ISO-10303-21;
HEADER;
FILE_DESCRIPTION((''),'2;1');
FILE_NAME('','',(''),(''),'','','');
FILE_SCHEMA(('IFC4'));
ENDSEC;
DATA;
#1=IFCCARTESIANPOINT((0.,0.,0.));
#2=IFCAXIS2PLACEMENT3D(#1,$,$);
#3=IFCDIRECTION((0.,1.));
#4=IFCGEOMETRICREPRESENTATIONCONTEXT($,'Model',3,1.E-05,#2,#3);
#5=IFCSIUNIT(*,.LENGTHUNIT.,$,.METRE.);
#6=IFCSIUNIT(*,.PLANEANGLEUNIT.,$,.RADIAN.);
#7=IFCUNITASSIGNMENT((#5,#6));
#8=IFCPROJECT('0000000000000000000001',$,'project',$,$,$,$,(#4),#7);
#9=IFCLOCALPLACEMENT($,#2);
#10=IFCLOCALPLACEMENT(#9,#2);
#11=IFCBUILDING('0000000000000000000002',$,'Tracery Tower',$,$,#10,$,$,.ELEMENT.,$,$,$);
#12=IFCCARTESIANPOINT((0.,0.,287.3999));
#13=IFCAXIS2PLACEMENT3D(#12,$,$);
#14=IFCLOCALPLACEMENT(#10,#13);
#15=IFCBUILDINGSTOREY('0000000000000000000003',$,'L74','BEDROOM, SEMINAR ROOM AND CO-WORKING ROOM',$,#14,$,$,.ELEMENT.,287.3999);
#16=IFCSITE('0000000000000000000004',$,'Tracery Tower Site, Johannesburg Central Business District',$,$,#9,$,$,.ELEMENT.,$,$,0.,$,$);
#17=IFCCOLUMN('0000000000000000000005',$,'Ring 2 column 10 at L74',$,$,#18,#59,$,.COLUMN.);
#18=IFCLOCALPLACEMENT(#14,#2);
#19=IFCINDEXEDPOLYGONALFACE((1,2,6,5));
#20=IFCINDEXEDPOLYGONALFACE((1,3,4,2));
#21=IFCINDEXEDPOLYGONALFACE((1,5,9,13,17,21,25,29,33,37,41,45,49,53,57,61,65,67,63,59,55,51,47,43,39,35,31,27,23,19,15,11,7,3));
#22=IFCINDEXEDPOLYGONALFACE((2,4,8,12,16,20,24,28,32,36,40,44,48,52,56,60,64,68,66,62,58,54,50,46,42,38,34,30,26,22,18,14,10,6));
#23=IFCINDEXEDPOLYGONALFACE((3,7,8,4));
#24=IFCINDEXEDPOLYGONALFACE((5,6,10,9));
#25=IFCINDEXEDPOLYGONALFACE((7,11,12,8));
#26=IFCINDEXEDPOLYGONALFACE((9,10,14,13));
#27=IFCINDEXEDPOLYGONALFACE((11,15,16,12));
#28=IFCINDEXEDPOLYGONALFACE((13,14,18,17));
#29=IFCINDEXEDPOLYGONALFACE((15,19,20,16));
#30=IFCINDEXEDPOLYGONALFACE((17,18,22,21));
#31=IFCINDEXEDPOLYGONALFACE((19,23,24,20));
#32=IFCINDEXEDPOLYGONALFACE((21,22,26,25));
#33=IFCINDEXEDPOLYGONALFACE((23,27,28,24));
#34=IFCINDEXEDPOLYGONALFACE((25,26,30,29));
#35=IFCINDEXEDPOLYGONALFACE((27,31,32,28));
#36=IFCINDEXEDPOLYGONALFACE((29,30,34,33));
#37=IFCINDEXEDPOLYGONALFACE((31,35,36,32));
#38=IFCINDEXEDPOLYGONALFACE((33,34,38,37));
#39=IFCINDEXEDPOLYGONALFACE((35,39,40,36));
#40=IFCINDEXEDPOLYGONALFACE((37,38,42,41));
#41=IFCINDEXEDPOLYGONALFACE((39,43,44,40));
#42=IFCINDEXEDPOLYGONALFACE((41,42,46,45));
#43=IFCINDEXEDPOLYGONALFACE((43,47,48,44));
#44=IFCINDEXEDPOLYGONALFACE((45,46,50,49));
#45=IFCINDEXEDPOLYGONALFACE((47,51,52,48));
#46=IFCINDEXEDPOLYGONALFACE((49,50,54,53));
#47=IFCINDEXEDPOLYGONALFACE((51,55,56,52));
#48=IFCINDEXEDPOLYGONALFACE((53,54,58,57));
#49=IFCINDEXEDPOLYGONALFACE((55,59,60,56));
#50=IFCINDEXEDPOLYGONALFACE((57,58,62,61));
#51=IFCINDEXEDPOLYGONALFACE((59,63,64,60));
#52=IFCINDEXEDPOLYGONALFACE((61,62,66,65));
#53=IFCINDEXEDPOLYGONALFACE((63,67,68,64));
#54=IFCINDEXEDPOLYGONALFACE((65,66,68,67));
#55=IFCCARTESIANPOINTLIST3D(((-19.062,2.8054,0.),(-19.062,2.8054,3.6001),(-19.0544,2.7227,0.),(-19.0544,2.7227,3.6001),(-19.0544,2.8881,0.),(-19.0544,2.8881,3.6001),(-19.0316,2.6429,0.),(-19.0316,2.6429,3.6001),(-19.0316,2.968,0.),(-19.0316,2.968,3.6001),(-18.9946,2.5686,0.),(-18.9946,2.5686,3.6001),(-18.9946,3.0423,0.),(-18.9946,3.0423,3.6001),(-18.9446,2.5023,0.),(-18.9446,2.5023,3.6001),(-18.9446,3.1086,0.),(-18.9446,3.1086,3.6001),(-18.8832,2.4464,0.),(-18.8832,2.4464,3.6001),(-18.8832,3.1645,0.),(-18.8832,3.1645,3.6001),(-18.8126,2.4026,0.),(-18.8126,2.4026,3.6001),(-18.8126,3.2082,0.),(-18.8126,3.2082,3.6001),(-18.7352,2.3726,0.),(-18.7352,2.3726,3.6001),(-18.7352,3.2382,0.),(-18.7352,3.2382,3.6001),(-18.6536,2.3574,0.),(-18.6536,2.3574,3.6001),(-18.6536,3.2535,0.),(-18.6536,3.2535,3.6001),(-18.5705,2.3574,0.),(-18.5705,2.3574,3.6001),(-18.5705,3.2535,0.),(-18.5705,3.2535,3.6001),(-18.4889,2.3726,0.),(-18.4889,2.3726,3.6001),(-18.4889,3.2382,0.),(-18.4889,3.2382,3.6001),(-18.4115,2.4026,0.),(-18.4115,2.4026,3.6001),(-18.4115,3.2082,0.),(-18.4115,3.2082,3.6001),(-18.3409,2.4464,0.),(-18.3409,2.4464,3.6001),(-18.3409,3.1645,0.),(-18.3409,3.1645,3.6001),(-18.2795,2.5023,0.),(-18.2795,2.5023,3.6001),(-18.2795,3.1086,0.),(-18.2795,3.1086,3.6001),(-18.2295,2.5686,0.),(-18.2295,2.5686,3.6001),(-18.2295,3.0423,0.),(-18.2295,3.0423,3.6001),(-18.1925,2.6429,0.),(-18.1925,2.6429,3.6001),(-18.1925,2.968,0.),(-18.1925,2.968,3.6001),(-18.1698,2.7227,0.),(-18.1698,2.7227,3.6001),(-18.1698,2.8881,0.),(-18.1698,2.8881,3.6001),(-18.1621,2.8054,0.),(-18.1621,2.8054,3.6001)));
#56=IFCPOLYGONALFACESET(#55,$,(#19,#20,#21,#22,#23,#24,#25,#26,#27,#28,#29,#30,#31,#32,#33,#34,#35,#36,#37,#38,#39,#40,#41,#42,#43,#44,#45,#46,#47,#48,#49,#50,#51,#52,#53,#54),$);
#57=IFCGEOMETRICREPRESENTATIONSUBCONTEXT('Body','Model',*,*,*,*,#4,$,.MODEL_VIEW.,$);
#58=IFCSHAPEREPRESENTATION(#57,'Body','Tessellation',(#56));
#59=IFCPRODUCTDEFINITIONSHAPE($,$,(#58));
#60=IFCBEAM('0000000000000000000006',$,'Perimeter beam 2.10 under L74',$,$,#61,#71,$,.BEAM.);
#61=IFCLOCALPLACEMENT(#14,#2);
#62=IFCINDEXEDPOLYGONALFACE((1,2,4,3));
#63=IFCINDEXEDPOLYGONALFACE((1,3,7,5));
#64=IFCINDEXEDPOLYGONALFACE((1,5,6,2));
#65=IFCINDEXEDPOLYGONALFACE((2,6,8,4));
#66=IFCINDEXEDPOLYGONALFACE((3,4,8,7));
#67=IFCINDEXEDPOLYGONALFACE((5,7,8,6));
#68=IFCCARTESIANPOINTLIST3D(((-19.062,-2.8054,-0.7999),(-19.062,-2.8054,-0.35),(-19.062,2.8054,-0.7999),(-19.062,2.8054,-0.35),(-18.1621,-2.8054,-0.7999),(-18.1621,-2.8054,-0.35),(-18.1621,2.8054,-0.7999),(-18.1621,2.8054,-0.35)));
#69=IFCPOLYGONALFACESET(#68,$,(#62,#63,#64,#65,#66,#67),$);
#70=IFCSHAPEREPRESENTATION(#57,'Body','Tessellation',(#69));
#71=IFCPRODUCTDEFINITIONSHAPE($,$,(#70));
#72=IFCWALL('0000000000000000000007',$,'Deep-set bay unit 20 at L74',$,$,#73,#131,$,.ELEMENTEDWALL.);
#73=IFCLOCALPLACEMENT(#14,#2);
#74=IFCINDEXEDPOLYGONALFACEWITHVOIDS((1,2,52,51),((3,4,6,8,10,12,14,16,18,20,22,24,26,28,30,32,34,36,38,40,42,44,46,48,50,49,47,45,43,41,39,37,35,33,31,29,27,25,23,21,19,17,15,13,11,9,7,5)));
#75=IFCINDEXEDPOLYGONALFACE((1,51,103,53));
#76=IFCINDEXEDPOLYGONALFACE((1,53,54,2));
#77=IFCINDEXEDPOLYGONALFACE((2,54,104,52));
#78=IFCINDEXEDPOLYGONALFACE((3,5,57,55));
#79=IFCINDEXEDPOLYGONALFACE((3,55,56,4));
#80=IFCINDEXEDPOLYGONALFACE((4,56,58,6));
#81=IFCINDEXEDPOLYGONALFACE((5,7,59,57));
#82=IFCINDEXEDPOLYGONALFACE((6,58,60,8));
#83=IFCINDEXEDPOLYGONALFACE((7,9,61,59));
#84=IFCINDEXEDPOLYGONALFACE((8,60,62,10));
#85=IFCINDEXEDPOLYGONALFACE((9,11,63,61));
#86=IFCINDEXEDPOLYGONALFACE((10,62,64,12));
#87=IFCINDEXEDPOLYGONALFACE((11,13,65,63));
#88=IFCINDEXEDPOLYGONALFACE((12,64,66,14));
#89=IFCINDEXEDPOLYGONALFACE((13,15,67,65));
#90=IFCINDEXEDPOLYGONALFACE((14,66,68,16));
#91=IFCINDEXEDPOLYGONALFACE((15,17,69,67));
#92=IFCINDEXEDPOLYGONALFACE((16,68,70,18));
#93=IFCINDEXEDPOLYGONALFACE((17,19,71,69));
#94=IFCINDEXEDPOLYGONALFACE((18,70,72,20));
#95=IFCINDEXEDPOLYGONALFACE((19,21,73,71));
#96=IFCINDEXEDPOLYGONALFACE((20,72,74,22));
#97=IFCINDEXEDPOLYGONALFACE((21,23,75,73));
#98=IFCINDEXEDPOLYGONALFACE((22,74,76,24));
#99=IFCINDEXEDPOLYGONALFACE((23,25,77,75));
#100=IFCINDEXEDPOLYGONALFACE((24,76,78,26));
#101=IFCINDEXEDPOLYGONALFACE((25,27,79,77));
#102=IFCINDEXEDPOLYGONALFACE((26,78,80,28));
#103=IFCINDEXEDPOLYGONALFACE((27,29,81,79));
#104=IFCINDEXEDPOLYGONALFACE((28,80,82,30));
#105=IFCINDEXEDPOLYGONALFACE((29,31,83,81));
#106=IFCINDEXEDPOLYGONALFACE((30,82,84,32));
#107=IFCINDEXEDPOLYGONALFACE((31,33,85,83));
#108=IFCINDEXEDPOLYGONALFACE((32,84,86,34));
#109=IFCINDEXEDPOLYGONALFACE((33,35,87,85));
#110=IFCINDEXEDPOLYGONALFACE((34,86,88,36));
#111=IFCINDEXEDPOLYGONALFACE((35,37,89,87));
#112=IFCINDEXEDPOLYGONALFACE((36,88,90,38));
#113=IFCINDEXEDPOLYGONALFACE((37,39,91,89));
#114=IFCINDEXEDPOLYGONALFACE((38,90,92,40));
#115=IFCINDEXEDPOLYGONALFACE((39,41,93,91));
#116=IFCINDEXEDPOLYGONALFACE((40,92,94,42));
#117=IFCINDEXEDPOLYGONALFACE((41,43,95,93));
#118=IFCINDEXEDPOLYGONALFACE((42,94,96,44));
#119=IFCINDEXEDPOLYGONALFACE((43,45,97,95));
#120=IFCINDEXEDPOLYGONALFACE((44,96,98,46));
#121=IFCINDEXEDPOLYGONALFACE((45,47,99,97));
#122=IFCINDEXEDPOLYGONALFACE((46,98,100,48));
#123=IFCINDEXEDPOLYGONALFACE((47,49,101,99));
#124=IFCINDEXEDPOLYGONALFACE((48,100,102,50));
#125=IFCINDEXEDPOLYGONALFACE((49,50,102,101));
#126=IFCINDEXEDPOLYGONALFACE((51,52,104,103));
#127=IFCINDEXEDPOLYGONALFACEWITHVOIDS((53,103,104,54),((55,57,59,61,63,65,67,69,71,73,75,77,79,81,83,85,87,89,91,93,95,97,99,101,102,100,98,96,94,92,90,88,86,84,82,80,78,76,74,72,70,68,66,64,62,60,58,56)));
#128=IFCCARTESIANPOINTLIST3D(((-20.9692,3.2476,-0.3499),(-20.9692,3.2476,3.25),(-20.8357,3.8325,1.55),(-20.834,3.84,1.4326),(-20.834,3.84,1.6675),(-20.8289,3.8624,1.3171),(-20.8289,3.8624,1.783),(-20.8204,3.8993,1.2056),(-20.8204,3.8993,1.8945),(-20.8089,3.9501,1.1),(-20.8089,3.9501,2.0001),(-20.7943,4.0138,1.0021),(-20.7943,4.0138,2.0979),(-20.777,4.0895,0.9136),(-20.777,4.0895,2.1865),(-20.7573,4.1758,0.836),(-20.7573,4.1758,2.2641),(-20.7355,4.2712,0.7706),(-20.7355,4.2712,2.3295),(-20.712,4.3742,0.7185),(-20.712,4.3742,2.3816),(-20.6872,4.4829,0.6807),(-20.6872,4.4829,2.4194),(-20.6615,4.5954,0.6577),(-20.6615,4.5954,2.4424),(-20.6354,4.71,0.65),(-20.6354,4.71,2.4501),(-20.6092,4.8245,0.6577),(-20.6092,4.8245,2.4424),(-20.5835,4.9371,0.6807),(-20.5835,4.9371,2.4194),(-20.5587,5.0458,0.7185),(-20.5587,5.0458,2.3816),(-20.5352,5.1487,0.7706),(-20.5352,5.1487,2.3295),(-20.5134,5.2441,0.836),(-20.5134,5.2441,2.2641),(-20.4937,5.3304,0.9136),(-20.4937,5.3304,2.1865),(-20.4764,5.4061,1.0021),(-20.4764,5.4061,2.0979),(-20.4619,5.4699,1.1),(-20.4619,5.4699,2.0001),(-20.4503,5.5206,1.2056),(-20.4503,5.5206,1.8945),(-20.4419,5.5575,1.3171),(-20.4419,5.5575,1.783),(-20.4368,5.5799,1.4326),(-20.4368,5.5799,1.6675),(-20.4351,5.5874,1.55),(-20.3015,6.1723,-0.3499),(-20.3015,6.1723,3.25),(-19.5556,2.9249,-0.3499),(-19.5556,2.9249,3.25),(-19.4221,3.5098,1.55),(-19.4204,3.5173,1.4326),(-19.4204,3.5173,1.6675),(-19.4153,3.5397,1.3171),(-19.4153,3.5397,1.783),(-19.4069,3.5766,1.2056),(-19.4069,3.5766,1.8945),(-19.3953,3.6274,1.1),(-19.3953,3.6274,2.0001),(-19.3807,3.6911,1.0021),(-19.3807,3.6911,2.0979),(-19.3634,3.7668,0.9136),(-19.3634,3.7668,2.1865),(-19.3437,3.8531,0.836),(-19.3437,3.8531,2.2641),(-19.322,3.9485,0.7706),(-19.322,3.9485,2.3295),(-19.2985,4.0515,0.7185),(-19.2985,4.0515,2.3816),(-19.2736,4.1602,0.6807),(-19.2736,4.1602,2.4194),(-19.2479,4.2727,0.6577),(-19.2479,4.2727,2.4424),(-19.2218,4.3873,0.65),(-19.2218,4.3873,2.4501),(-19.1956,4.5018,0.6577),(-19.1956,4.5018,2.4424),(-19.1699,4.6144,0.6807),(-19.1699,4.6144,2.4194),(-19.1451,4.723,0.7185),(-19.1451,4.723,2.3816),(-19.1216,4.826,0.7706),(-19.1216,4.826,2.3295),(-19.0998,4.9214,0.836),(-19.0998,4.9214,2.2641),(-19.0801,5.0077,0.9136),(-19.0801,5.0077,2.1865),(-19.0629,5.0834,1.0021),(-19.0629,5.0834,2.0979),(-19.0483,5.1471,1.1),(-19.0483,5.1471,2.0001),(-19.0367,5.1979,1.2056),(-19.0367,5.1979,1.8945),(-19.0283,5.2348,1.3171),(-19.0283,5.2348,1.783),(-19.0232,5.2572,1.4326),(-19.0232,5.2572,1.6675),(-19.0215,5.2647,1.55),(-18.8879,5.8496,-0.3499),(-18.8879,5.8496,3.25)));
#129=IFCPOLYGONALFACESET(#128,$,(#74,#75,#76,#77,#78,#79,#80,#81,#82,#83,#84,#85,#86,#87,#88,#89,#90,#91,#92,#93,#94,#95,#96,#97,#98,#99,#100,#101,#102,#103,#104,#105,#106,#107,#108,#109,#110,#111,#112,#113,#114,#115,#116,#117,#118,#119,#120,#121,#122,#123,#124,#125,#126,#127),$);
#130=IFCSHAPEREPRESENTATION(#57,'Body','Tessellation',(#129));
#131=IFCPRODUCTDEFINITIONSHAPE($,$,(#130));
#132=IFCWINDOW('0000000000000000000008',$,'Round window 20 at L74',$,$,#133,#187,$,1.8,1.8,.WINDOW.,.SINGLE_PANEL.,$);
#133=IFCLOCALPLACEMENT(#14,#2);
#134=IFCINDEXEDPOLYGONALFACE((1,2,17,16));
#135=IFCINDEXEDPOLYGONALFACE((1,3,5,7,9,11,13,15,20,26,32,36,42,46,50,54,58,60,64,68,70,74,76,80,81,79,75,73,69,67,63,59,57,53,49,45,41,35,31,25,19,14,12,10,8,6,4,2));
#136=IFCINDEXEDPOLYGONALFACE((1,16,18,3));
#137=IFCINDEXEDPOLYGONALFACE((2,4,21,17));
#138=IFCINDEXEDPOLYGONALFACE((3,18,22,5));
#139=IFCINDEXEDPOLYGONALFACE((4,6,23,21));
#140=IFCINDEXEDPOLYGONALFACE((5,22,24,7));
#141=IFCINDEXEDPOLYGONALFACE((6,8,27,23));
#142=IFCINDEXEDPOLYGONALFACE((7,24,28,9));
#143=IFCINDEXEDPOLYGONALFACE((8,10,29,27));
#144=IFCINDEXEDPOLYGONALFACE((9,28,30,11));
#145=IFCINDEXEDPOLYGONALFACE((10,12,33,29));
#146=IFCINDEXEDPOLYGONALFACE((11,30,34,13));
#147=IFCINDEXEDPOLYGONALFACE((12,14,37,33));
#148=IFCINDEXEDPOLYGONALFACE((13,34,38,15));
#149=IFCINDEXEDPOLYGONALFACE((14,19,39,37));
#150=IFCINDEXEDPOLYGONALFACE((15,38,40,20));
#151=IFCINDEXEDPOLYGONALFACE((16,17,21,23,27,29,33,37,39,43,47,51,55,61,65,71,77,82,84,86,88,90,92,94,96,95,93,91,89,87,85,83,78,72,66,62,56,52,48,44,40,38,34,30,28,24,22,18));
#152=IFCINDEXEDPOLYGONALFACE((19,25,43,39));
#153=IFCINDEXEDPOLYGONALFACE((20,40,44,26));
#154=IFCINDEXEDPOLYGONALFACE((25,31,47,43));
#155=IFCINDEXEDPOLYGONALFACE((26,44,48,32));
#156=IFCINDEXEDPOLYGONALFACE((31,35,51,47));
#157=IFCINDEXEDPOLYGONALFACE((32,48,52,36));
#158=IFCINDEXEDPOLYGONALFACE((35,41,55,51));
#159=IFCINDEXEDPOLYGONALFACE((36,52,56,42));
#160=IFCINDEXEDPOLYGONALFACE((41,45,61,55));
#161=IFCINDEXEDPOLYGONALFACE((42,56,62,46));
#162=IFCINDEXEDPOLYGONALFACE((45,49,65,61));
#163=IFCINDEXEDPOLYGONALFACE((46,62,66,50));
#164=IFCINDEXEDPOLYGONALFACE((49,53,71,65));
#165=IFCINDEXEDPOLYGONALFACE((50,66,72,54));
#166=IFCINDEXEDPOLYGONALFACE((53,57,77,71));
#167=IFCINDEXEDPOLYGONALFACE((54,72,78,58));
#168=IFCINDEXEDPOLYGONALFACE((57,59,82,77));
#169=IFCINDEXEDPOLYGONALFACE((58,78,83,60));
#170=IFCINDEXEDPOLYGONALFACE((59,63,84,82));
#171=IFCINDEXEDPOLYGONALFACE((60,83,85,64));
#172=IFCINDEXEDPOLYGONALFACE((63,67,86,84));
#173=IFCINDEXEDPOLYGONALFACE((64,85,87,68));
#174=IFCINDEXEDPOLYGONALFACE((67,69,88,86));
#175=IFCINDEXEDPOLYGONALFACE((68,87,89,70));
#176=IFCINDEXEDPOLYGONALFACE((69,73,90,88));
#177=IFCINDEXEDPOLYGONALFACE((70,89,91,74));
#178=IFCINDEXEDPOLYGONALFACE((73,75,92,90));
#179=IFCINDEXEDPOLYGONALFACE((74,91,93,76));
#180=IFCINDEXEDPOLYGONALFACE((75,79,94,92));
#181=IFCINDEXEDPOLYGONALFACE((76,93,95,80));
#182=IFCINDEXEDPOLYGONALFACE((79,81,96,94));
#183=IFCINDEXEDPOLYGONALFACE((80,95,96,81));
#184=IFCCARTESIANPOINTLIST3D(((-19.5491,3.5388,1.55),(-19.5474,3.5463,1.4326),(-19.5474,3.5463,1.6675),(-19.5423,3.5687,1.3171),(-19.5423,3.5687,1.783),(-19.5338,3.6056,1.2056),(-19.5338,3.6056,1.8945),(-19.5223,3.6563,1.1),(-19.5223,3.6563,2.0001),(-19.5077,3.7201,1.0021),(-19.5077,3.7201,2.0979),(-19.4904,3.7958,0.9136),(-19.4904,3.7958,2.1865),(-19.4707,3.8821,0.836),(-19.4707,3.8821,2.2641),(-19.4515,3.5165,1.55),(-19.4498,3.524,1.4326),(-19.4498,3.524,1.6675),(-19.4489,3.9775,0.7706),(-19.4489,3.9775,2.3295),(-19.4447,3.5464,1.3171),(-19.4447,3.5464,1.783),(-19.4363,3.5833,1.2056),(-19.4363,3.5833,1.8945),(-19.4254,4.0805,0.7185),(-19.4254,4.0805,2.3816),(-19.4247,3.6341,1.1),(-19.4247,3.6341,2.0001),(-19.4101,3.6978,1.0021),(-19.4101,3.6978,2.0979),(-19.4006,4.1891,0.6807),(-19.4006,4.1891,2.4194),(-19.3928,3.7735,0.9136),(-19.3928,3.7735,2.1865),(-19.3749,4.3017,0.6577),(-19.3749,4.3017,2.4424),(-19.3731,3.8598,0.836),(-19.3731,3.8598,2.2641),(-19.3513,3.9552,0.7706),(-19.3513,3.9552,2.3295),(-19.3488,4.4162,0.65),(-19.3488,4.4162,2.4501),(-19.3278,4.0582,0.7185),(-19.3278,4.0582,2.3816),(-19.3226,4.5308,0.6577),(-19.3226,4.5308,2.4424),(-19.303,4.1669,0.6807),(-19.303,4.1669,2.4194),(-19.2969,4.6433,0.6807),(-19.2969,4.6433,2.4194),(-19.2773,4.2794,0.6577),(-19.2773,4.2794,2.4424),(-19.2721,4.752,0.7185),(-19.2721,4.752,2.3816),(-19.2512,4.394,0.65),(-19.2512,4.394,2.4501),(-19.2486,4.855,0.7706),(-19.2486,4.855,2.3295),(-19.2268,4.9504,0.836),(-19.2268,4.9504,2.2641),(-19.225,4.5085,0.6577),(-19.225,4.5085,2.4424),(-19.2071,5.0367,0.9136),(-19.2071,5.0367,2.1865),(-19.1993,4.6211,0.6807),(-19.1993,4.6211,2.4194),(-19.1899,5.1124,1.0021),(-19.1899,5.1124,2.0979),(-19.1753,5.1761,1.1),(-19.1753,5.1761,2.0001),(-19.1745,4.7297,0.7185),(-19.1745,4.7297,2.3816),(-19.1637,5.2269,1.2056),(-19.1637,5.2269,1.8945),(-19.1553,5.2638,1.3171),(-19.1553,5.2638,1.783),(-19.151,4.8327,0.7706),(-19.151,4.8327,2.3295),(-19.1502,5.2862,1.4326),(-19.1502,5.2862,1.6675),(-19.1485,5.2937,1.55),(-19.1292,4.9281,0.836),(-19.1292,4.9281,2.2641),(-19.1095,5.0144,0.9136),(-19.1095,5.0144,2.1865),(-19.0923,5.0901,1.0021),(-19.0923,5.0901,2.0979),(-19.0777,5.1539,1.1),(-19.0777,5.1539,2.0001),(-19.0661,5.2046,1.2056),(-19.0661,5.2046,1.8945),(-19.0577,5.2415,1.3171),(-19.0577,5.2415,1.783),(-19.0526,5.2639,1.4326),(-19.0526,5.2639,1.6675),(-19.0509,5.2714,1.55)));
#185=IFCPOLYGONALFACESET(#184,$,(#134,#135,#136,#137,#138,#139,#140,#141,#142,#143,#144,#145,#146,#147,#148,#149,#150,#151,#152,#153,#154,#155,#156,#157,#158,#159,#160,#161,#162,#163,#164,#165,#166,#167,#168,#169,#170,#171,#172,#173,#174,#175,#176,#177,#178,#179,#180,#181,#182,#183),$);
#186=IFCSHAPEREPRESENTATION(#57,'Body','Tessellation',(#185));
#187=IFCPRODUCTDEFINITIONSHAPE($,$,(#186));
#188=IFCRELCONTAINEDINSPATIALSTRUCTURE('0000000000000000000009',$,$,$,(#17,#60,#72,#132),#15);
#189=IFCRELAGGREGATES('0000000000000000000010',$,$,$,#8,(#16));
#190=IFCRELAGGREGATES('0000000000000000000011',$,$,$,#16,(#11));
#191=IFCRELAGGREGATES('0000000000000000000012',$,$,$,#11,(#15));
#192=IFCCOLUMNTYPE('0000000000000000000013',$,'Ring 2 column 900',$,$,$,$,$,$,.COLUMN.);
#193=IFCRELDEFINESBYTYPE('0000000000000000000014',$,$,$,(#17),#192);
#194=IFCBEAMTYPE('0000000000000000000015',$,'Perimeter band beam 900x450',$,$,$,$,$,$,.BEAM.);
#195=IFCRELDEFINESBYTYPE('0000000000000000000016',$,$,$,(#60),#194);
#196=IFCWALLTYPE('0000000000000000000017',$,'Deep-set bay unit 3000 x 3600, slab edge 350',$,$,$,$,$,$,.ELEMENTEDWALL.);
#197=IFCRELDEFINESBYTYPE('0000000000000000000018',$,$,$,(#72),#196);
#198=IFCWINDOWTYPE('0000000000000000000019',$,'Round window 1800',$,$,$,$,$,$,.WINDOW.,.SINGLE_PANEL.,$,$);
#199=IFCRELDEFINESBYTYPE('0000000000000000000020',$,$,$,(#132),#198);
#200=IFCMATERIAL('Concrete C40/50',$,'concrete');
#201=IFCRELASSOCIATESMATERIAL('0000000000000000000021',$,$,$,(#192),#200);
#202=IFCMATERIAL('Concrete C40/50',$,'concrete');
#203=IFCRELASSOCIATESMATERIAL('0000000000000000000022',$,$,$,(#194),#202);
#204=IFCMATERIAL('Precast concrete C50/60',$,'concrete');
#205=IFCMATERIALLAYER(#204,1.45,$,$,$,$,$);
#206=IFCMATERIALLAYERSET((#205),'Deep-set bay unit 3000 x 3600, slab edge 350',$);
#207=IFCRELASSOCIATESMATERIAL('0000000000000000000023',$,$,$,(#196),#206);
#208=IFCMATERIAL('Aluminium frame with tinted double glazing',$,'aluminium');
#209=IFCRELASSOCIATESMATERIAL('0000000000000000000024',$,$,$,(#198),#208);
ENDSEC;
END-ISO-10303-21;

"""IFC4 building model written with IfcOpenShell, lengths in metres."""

from ifc_helpers import new_model, si_unit, direction, frame, frame_2d, origin, origin_2d, place, context, subcontext, project, spatial, rectangle, circle, extrude, material, layer, layer_set, material_profile, profile_set, type_object, element, fill, save


model = new_model("IFC4")

# Units and contexts
model_context = context("Model", 3, precision=1e-05, world=origin(), true_north=direction((0.0, 1.0)))
body_context = subcontext(model_context, "Body", "Model", "MODEL_VIEW")
ifc_project = project(units=[si_unit("LENGTHUNIT", "METRE"), si_unit("PLANEANGLEUNIT", "RADIAN")], contexts=[model_context])

# Site, building, storey
site_placement = place(None, origin())
site = spatial("IfcSite", under=ifc_project, at=site_placement, Name="Tracery Tower Site, Johannesburg Central Business District", CompositionType="ELEMENT", RefElevation=0.0)
building_placement = place(site_placement, origin())
building = spatial("IfcBuilding", under=site, at=building_placement, Name="Tracery Tower", CompositionType="ELEMENT")
storey_placement = place(building_placement, frame((0.0, 0.0, 287.3999)))
storey = spatial("IfcBuildingStorey", under=building, at=storey_placement, Name="L74", Description="BEDROOM, SEMINAR ROOM AND CO-WORKING ROOM", CompositionType="ELEMENT", Elevation=287.3999)

# Column
ifc_material_1 = material(Name="Concrete C40/50", Category="concrete")
ifc_material_profile_1 = material_profile(ifc_material_1, circle(Radius=0.45, at=origin_2d()), Name="RC D900")
ifc_profile_set_1 = profile_set([ifc_material_profile_1], Name="Concrete C40/50")
column_type = type_object("IfcColumnType", Name="Ring 2 column 900", PredefinedType="COLUMN", material=ifc_profile_set_1)
column_placement = place(storey_placement, frame((-18.6121, 2.8054, 0.0), z_axis=(0.0, 0.0, 1.0), x_axis=(1.0, 0.0, 0.0)))
element("IfcColumn", 1, at=column_placement, inside=storey, type_object=column_type, Name="Ring 2 column 10 at L74", PredefinedType="COLUMN", context=body_context, shape_type="SweptSolid", body=[
    extrude(circle(Radius=0.45, at=origin_2d()), origin(), (0.0, 0.0, 1.0), 3.6001),
])

# Beam
ifc_material_2 = material(Name="Concrete C40/50", Category="concrete")
ifc_material_profile_2 = material_profile(ifc_material_2, rectangle(XDim=0.8999, YDim=0.45, at=origin_2d()), Name="RC 900x450")
ifc_profile_set_2 = profile_set([ifc_material_profile_2], Name="Concrete C40/50")
beam_type = type_object("IfcBeamType", Name="Perimeter band beam 900x450", PredefinedType="BEAM", material=ifc_profile_set_2)
beam_placement = place(storey_placement, frame((-18.6121, 2.8054, -0.575), z_axis=(0.0, -1.0, 0.0), x_axis=(1.0, 0.0, 0.0)))
element("IfcBeam", 2, at=beam_placement, inside=storey, type_object=beam_type, Name="Perimeter beam 2.10 under L74", PredefinedType="BEAM", context=body_context, shape_type="SweptSolid", body=[
    extrude(rectangle(XDim=0.8999, YDim=0.45, at=origin_2d()), origin(), (0.0, 0.0, 1.0), 5.6108),
])

# Wall, opening, window
ifc_material_3 = material(Name="Precast concrete C50/60", Category="concrete")
ifc_layer_1 = layer(ifc_material_3, 1.45)
ifc_layer_set_1 = layer_set([ifc_layer_1], Name="Deep-set bay unit 3000 x 3600, slab edge 350")
wall_type_1 = type_object("IfcWallType", Name="Deep-set bay unit 3000 x 3600, slab edge 350", PredefinedType="ELEMENTEDWALL", material=ifc_layer_set_1)
wall_1_placement = place(storey_placement, frame((-19.5947, 6.011, -0.3499), z_axis=(0.0, 0.0, 1.0), x_axis=(-0.222571, -0.974917, 0.0)))
wall_1 = element("IfcWall", 3, at=wall_1_placement, inside=storey, type_object=wall_type_1, Name="Deep-set bay unit 20 at L74", PredefinedType="ELEMENTEDWALL", context=body_context, shape_type="SweptSolid", body=[
    extrude(rectangle(XDim=3.0, YDim=1.45, at=frame_2d((1.5, 0.0))), origin(), (0.0, 0.0, 1.0), 3.5999),
])
opening_1_placement = place(wall_1_placement, frame((1.5, 0.0, 1.8999)))
opening_1 = element("IfcOpeningElement", 4, at=opening_1_placement, cuts=wall_1, PredefinedType="OPENING", context=body_context, shape_type="SweptSolid", body=[
    extrude(circle(Radius=0.9, at=origin_2d()), frame((0.0, 0.7349, 0.0), z_axis=(0.0, -1.0, 0.0), x_axis=(1.0, 0.0, 0.0)), (0.0, 0.0, 1.0), 1.47),
])
ifc_material_4 = material(Name="Aluminium frame with tinted double glazing", Category="aluminium")
window_type = type_object("IfcWindowType", Name="Round window 1800", PartitioningType="SINGLE_PANEL", PredefinedType="WINDOW", material=ifc_material_4)
window_1_placement = place(opening_1_placement, origin())
window_1 = element("IfcWindow", 5, at=window_1_placement, inside=storey, type_object=window_type, Name="Round window 20 at L74", OverallHeight=1.8, OverallWidth=1.8, PartitioningType="SINGLE_PANEL", PredefinedType="WINDOW", context=body_context, shape_type="SweptSolid", body=[
    extrude(circle(Radius=0.9, at=origin_2d()), frame((0.0, 0.6948, 0.0), z_axis=(0.0, -1.0, 0.0), x_axis=(1.0, 0.0, 0.0)), (0.0, 0.0, 1.0), 0.1001),
])
fill(opening_1, window_1)

save(model, "model.ifc")
